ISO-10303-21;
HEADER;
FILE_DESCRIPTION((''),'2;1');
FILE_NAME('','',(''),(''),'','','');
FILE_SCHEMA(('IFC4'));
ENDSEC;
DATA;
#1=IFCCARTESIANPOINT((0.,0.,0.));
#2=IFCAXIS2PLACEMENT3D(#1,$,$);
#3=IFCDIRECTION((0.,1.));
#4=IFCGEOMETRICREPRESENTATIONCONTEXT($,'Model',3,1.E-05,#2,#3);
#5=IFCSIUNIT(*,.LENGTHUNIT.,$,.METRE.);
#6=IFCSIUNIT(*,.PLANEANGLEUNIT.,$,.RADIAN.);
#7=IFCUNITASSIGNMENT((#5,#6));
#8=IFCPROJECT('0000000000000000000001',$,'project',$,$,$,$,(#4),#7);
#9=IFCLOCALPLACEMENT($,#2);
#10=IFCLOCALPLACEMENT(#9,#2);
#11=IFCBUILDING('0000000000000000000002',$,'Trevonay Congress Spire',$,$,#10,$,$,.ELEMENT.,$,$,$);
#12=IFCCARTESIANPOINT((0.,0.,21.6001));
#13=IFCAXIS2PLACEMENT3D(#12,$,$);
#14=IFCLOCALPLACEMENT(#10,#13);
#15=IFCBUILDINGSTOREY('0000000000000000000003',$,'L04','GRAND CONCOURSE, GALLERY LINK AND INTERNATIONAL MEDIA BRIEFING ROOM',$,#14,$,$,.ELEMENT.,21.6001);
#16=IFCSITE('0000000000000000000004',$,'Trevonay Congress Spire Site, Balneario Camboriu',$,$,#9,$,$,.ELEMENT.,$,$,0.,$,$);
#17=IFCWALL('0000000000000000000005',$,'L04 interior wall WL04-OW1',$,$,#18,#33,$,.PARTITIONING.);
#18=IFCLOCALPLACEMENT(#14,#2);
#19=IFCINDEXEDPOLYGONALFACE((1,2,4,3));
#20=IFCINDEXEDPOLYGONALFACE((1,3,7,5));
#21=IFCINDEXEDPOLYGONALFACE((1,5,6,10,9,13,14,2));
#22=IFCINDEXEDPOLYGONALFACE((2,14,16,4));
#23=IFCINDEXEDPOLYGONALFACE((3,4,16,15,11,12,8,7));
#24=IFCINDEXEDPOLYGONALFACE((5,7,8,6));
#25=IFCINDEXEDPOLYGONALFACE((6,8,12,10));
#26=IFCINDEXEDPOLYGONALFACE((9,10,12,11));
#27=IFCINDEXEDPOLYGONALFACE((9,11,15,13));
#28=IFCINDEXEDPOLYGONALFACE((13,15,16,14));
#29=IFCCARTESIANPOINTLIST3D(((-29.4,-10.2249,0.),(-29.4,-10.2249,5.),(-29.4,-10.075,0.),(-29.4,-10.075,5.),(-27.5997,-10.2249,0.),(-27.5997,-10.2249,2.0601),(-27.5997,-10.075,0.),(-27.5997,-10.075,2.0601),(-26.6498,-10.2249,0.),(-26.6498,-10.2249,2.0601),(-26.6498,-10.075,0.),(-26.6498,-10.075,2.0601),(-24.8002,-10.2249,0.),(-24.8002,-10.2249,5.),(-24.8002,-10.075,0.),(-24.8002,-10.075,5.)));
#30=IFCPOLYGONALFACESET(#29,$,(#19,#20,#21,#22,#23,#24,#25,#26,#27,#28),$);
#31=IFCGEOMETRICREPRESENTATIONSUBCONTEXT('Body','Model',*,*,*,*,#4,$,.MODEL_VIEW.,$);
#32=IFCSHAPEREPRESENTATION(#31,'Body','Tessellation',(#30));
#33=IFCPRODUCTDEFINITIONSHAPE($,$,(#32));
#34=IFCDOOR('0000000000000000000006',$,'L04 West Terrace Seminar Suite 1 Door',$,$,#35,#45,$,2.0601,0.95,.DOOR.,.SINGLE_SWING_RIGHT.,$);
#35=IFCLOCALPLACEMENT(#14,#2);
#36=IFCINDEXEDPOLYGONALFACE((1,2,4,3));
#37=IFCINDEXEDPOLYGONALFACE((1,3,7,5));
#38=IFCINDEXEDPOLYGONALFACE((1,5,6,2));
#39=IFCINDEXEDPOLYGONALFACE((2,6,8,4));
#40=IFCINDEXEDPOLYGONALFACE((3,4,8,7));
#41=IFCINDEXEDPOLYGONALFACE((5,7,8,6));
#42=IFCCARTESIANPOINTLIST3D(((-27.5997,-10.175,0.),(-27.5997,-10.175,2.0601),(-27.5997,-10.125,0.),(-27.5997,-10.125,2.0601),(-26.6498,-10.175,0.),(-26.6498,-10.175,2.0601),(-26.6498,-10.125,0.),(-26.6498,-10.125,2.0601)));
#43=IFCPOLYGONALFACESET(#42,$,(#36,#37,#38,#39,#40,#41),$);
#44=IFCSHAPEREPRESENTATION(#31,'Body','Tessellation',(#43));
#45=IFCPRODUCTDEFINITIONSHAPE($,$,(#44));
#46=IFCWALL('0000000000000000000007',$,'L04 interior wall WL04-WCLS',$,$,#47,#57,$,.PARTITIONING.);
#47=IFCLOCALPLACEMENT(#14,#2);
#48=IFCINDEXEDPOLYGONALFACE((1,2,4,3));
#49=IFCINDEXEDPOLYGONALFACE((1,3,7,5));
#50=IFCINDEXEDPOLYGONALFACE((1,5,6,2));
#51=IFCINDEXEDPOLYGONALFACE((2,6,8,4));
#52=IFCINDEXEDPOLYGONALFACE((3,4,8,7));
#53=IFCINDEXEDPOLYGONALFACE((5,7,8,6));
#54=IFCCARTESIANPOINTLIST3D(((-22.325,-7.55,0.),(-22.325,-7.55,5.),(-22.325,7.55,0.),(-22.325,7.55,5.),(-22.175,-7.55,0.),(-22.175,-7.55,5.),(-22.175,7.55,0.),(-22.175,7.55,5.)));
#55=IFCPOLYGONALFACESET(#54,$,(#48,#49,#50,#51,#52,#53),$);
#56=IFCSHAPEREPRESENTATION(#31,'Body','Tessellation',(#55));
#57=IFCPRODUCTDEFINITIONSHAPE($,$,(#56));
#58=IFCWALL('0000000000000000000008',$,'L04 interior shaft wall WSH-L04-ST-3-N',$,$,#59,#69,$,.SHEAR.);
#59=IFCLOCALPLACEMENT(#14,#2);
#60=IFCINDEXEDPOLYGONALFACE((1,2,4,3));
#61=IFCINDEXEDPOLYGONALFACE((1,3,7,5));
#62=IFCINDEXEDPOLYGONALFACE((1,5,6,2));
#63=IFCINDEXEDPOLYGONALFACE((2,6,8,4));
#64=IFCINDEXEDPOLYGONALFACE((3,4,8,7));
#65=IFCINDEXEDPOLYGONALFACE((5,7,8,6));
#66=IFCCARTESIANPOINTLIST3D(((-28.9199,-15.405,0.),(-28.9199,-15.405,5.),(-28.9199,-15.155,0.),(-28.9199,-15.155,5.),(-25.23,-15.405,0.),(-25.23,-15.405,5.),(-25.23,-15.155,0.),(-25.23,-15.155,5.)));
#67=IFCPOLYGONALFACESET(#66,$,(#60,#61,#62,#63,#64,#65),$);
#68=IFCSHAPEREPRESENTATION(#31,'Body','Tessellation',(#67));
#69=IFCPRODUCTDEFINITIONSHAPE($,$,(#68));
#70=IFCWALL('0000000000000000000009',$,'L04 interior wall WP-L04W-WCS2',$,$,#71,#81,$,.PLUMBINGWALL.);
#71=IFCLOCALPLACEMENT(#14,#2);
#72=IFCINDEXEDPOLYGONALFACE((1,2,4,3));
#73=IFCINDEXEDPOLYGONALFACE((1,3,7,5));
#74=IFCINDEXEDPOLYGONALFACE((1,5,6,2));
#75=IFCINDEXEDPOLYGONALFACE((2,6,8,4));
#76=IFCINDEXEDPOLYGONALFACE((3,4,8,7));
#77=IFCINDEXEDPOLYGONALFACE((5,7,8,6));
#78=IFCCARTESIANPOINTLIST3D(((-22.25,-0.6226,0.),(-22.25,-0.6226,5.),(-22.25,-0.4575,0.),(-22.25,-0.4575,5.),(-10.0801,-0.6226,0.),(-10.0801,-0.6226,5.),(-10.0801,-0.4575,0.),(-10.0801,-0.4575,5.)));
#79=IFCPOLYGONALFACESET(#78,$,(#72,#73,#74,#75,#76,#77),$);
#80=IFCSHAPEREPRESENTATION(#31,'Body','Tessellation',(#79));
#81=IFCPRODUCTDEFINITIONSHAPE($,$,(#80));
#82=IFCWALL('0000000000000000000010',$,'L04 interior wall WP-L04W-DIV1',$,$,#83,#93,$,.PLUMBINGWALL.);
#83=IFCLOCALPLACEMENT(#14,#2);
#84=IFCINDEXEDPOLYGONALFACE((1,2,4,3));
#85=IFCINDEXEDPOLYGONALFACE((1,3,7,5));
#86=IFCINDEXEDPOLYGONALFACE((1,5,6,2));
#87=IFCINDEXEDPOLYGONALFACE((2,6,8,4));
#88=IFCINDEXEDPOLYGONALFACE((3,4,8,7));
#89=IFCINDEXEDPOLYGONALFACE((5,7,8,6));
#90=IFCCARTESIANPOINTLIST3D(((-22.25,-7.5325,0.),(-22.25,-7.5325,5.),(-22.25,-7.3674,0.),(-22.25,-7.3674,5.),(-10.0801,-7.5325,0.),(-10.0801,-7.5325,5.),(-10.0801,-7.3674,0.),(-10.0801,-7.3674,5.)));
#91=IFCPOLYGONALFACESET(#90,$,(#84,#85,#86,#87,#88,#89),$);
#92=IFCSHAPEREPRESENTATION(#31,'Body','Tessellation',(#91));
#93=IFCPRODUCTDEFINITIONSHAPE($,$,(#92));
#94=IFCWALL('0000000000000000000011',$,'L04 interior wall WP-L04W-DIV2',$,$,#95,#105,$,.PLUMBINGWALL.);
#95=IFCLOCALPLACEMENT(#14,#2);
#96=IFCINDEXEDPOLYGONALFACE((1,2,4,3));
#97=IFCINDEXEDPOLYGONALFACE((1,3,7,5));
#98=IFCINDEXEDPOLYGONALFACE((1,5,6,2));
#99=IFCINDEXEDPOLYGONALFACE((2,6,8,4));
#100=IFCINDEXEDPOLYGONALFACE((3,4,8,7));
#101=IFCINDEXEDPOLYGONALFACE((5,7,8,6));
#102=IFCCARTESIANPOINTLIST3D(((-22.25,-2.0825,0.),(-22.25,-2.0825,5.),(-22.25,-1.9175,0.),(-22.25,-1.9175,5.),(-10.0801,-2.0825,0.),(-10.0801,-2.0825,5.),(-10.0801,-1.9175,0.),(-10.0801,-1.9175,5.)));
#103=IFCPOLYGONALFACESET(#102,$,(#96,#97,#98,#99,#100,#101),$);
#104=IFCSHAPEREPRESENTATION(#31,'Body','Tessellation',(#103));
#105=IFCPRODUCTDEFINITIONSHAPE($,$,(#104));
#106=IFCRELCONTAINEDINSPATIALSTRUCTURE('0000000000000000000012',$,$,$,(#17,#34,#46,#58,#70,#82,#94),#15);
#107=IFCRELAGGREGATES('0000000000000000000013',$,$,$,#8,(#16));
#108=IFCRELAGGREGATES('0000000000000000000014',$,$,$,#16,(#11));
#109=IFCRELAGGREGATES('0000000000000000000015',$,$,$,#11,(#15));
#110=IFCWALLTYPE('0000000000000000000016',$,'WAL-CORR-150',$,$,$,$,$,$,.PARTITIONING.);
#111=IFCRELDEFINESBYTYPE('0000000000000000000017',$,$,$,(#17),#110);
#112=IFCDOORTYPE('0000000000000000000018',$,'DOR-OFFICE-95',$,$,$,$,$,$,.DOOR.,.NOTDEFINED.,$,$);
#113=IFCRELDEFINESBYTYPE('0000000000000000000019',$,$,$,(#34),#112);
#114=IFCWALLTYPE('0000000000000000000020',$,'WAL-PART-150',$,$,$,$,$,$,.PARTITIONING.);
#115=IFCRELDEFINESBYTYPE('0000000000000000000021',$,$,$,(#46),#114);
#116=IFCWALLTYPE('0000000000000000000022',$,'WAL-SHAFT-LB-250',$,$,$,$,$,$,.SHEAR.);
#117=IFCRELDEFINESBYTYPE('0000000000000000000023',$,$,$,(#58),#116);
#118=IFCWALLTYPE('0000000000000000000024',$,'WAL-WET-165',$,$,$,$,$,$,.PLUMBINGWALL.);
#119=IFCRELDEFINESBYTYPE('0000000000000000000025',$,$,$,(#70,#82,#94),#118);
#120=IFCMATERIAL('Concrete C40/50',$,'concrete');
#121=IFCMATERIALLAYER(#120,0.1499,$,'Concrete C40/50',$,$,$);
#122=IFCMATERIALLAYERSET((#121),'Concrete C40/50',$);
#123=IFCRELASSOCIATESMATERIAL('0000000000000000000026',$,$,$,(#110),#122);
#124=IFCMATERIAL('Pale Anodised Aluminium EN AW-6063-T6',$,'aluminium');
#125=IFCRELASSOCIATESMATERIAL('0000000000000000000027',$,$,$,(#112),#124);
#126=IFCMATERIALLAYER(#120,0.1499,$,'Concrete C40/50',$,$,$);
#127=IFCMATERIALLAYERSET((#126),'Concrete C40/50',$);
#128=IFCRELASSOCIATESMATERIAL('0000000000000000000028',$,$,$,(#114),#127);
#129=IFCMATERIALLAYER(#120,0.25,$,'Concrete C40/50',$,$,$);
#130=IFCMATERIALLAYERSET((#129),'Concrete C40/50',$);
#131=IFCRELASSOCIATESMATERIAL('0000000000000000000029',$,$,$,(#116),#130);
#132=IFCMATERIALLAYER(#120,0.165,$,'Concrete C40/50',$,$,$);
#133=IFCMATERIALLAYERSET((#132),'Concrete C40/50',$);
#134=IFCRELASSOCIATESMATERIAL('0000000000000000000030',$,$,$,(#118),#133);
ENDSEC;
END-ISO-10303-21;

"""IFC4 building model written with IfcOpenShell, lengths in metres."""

from ifc_helpers import new_model, si_unit, direction, frame, frame_2d, origin, place, context, subcontext, project, spatial, rectangle, extrude, material, layer, layer_set, type_object, element, fill, save


model = new_model("IFC4")

# Units and contexts
model_context = context("Model", 3, precision=1e-05, world=origin(), true_north=direction((0.0, 1.0)))
body_context = subcontext(model_context, "Body", "Model", "MODEL_VIEW")
ifc_project = project(units=[si_unit("LENGTHUNIT", "METRE"), si_unit("PLANEANGLEUNIT", "RADIAN")], contexts=[model_context])

# Site, building, storey
site_placement = place(None, origin())
site = spatial("IfcSite", under=ifc_project, at=site_placement, Name="Trevonay Congress Spire Site, Balneario Camboriu", CompositionType="ELEMENT", RefElevation=0.0)
building_placement = place(site_placement, origin())
building = spatial("IfcBuilding", under=site, at=building_placement, Name="Trevonay Congress Spire", CompositionType="ELEMENT")
storey_placement = place(building_placement, frame((0.0, 0.0, 21.6001)))
storey = spatial("IfcBuildingStorey", under=building, at=storey_placement, Name="L04", Description="GRAND CONCOURSE, GALLERY LINK AND INTERNATIONAL MEDIA BRIEFING ROOM", CompositionType="ELEMENT", Elevation=21.6001)

# Shared definitions
ifc_material_1 = material(Name="Concrete C40/50", Category="concrete")
ifc_layer_1 = layer(ifc_material_1, 0.1499, Name="Concrete C40/50")
ifc_layer_set_1 = layer_set([ifc_layer_1], Name="Concrete C40/50")
wall_type_1 = type_object("IfcWallType", Name="WAL-CORR-150", PredefinedType="PARTITIONING", material=ifc_layer_set_1)
ifc_material_2 = material(Name="Pale Anodised Aluminium EN AW-6063-T6", Category="aluminium")

# Wall, opening, door
wall_1_placement = place(storey_placement, frame((-29.3999, -10.1499, 0.0), z_axis=(0.0, 0.0, 1.0), x_axis=(1.0, 0.0, 0.0)))
wall_1 = element("IfcWall", 1, at=wall_1_placement, inside=storey, type_object=wall_type_1, Name="L04 interior wall WL04-OW1", PredefinedType="PARTITIONING", context=body_context, shape_type="SweptSolid", body=[
    extrude(rectangle(XDim=4.5999, YDim=0.1499, at=frame_2d((2.2998, 0.0))), origin(), (0.0, 0.0, 1.0), 5.0),
])
opening_1_placement = place(wall_1_placement, frame((1.8, 0.0, 0.0)))
opening_1 = element("IfcOpeningElement", 2, at=opening_1_placement, cuts=wall_1, PredefinedType="OPENING", context=body_context, shape_type="SweptSolid", body=[
    extrude(rectangle(XDim=0.95, YDim=2.0601, at=frame_2d((0.4751, 1.03))), frame((0.0, 0.085, 0.0), z_axis=(0.0, -1.0, 0.0), x_axis=(1.0, 0.0, 0.0)), (0.0, 0.0, 1.0), 0.1699),
])
door_type_1 = type_object("IfcDoorType", Name="DOR-OFFICE-95", OperationType="NOTDEFINED", PredefinedType="DOOR", material=ifc_material_2)
door_1_placement = place(opening_1_placement, origin())
door_1 = element("IfcDoor", 3, at=door_1_placement, inside=storey, type_object=door_type_1, Name="L04 West Terrace Seminar Suite 1 Door", OperationType="SINGLE_SWING_RIGHT", OverallHeight=2.0601, OverallWidth=0.95, PredefinedType="DOOR", context=body_context, shape_type="SweptSolid", body=[
    extrude(rectangle(XDim=0.95, YDim=2.0601, at=frame_2d((0.4751, 1.03))), frame((0.0, 0.0249, 0.0), z_axis=(0.0, -1.0, 0.0), x_axis=(1.0, 0.0, 0.0)), (0.0, 0.0, 1.0), 0.05),
])
fill(opening_1, door_1)

# Walls
ifc_layer_2 = layer(ifc_material_1, 0.1499, Name="Concrete C40/50")
ifc_layer_set_2 = layer_set([ifc_layer_2], Name="Concrete C40/50")
wall_type_2 = type_object("IfcWallType", Name="WAL-PART-150", PredefinedType="PARTITIONING", material=ifc_layer_set_2)
wall_2_placement = place(storey_placement, frame((-22.25, -7.55, 0.0), z_axis=(0.0, 0.0, 1.0), x_axis=(0.0, 1.0, 0.0)))
element("IfcWall", 4, at=wall_2_placement, inside=storey, type_object=wall_type_2, Name="L04 interior wall WL04-WCLS", PredefinedType="PARTITIONING", context=body_context, shape_type="SweptSolid", body=[
    extrude(rectangle(XDim=15.1001, YDim=0.1499, at=frame_2d((7.55, 0.0))), origin(), (0.0, 0.0, 1.0), 5.0),
])
ifc_layer_3 = layer(ifc_material_1, 0.25, Name="Concrete C40/50")
ifc_layer_set_3 = layer_set([ifc_layer_3], Name="Concrete C40/50")
wall_type_3 = type_object("IfcWallType", Name="WAL-SHAFT-LB-250", PredefinedType="SHEAR", material=ifc_layer_set_3)
wall_3_placement = place(storey_placement, frame((-28.9199, -15.28, 0.0), z_axis=(0.0, 0.0, 1.0), x_axis=(1.0, 0.0, 0.0)))
element("IfcWall", 5, at=wall_3_placement, inside=storey, type_object=wall_type_3, Name="L04 interior shaft wall WSH-L04-ST-3-N", PredefinedType="SHEAR", context=body_context, shape_type="SweptSolid", body=[
    extrude(rectangle(XDim=3.6899, YDim=0.25, at=frame_2d((1.845, 0.0))), origin(), (0.0, 0.0, 1.0), 5.0),
])
ifc_layer_4 = layer(ifc_material_1, 0.165, Name="Concrete C40/50")
ifc_layer_set_4 = layer_set([ifc_layer_4], Name="Concrete C40/50")
wall_type_4 = type_object("IfcWallType", Name="WAL-WET-165", PredefinedType="PLUMBINGWALL", material=ifc_layer_set_4)
for number, where, z_axis, x_axis, name in (
    (6, (-22.25, -0.54, 0.0), (0.0, 0.0, 1.0), (1.0, 0.0, 0.0), "L04 interior wall WP-L04W-WCS2"),
    (7, (-22.25, -7.45, 0.0), (0.0, 0.0, 1.0), (1.0, 0.0, 0.0), "L04 interior wall WP-L04W-DIV1"),
    (8, (-22.25, -2.0, 0.0), (0.0, 0.0, 1.0), (1.0, 0.0, 0.0), "L04 interior wall WP-L04W-DIV2"),
):
    element("IfcWall", number, at=place(storey_placement, frame(where, z_axis=z_axis, x_axis=x_axis)), inside=storey, type_object=wall_type_4, Name=name, PredefinedType="PLUMBINGWALL", context=body_context, shape_type="SweptSolid", body=[
        extrude(rectangle(XDim=12.1699, YDim=0.165, at=frame_2d((6.085, 0.0))), origin(), (0.0, 0.0, 1.0), 5.0),
    ])

save(model, "model.ifc")
